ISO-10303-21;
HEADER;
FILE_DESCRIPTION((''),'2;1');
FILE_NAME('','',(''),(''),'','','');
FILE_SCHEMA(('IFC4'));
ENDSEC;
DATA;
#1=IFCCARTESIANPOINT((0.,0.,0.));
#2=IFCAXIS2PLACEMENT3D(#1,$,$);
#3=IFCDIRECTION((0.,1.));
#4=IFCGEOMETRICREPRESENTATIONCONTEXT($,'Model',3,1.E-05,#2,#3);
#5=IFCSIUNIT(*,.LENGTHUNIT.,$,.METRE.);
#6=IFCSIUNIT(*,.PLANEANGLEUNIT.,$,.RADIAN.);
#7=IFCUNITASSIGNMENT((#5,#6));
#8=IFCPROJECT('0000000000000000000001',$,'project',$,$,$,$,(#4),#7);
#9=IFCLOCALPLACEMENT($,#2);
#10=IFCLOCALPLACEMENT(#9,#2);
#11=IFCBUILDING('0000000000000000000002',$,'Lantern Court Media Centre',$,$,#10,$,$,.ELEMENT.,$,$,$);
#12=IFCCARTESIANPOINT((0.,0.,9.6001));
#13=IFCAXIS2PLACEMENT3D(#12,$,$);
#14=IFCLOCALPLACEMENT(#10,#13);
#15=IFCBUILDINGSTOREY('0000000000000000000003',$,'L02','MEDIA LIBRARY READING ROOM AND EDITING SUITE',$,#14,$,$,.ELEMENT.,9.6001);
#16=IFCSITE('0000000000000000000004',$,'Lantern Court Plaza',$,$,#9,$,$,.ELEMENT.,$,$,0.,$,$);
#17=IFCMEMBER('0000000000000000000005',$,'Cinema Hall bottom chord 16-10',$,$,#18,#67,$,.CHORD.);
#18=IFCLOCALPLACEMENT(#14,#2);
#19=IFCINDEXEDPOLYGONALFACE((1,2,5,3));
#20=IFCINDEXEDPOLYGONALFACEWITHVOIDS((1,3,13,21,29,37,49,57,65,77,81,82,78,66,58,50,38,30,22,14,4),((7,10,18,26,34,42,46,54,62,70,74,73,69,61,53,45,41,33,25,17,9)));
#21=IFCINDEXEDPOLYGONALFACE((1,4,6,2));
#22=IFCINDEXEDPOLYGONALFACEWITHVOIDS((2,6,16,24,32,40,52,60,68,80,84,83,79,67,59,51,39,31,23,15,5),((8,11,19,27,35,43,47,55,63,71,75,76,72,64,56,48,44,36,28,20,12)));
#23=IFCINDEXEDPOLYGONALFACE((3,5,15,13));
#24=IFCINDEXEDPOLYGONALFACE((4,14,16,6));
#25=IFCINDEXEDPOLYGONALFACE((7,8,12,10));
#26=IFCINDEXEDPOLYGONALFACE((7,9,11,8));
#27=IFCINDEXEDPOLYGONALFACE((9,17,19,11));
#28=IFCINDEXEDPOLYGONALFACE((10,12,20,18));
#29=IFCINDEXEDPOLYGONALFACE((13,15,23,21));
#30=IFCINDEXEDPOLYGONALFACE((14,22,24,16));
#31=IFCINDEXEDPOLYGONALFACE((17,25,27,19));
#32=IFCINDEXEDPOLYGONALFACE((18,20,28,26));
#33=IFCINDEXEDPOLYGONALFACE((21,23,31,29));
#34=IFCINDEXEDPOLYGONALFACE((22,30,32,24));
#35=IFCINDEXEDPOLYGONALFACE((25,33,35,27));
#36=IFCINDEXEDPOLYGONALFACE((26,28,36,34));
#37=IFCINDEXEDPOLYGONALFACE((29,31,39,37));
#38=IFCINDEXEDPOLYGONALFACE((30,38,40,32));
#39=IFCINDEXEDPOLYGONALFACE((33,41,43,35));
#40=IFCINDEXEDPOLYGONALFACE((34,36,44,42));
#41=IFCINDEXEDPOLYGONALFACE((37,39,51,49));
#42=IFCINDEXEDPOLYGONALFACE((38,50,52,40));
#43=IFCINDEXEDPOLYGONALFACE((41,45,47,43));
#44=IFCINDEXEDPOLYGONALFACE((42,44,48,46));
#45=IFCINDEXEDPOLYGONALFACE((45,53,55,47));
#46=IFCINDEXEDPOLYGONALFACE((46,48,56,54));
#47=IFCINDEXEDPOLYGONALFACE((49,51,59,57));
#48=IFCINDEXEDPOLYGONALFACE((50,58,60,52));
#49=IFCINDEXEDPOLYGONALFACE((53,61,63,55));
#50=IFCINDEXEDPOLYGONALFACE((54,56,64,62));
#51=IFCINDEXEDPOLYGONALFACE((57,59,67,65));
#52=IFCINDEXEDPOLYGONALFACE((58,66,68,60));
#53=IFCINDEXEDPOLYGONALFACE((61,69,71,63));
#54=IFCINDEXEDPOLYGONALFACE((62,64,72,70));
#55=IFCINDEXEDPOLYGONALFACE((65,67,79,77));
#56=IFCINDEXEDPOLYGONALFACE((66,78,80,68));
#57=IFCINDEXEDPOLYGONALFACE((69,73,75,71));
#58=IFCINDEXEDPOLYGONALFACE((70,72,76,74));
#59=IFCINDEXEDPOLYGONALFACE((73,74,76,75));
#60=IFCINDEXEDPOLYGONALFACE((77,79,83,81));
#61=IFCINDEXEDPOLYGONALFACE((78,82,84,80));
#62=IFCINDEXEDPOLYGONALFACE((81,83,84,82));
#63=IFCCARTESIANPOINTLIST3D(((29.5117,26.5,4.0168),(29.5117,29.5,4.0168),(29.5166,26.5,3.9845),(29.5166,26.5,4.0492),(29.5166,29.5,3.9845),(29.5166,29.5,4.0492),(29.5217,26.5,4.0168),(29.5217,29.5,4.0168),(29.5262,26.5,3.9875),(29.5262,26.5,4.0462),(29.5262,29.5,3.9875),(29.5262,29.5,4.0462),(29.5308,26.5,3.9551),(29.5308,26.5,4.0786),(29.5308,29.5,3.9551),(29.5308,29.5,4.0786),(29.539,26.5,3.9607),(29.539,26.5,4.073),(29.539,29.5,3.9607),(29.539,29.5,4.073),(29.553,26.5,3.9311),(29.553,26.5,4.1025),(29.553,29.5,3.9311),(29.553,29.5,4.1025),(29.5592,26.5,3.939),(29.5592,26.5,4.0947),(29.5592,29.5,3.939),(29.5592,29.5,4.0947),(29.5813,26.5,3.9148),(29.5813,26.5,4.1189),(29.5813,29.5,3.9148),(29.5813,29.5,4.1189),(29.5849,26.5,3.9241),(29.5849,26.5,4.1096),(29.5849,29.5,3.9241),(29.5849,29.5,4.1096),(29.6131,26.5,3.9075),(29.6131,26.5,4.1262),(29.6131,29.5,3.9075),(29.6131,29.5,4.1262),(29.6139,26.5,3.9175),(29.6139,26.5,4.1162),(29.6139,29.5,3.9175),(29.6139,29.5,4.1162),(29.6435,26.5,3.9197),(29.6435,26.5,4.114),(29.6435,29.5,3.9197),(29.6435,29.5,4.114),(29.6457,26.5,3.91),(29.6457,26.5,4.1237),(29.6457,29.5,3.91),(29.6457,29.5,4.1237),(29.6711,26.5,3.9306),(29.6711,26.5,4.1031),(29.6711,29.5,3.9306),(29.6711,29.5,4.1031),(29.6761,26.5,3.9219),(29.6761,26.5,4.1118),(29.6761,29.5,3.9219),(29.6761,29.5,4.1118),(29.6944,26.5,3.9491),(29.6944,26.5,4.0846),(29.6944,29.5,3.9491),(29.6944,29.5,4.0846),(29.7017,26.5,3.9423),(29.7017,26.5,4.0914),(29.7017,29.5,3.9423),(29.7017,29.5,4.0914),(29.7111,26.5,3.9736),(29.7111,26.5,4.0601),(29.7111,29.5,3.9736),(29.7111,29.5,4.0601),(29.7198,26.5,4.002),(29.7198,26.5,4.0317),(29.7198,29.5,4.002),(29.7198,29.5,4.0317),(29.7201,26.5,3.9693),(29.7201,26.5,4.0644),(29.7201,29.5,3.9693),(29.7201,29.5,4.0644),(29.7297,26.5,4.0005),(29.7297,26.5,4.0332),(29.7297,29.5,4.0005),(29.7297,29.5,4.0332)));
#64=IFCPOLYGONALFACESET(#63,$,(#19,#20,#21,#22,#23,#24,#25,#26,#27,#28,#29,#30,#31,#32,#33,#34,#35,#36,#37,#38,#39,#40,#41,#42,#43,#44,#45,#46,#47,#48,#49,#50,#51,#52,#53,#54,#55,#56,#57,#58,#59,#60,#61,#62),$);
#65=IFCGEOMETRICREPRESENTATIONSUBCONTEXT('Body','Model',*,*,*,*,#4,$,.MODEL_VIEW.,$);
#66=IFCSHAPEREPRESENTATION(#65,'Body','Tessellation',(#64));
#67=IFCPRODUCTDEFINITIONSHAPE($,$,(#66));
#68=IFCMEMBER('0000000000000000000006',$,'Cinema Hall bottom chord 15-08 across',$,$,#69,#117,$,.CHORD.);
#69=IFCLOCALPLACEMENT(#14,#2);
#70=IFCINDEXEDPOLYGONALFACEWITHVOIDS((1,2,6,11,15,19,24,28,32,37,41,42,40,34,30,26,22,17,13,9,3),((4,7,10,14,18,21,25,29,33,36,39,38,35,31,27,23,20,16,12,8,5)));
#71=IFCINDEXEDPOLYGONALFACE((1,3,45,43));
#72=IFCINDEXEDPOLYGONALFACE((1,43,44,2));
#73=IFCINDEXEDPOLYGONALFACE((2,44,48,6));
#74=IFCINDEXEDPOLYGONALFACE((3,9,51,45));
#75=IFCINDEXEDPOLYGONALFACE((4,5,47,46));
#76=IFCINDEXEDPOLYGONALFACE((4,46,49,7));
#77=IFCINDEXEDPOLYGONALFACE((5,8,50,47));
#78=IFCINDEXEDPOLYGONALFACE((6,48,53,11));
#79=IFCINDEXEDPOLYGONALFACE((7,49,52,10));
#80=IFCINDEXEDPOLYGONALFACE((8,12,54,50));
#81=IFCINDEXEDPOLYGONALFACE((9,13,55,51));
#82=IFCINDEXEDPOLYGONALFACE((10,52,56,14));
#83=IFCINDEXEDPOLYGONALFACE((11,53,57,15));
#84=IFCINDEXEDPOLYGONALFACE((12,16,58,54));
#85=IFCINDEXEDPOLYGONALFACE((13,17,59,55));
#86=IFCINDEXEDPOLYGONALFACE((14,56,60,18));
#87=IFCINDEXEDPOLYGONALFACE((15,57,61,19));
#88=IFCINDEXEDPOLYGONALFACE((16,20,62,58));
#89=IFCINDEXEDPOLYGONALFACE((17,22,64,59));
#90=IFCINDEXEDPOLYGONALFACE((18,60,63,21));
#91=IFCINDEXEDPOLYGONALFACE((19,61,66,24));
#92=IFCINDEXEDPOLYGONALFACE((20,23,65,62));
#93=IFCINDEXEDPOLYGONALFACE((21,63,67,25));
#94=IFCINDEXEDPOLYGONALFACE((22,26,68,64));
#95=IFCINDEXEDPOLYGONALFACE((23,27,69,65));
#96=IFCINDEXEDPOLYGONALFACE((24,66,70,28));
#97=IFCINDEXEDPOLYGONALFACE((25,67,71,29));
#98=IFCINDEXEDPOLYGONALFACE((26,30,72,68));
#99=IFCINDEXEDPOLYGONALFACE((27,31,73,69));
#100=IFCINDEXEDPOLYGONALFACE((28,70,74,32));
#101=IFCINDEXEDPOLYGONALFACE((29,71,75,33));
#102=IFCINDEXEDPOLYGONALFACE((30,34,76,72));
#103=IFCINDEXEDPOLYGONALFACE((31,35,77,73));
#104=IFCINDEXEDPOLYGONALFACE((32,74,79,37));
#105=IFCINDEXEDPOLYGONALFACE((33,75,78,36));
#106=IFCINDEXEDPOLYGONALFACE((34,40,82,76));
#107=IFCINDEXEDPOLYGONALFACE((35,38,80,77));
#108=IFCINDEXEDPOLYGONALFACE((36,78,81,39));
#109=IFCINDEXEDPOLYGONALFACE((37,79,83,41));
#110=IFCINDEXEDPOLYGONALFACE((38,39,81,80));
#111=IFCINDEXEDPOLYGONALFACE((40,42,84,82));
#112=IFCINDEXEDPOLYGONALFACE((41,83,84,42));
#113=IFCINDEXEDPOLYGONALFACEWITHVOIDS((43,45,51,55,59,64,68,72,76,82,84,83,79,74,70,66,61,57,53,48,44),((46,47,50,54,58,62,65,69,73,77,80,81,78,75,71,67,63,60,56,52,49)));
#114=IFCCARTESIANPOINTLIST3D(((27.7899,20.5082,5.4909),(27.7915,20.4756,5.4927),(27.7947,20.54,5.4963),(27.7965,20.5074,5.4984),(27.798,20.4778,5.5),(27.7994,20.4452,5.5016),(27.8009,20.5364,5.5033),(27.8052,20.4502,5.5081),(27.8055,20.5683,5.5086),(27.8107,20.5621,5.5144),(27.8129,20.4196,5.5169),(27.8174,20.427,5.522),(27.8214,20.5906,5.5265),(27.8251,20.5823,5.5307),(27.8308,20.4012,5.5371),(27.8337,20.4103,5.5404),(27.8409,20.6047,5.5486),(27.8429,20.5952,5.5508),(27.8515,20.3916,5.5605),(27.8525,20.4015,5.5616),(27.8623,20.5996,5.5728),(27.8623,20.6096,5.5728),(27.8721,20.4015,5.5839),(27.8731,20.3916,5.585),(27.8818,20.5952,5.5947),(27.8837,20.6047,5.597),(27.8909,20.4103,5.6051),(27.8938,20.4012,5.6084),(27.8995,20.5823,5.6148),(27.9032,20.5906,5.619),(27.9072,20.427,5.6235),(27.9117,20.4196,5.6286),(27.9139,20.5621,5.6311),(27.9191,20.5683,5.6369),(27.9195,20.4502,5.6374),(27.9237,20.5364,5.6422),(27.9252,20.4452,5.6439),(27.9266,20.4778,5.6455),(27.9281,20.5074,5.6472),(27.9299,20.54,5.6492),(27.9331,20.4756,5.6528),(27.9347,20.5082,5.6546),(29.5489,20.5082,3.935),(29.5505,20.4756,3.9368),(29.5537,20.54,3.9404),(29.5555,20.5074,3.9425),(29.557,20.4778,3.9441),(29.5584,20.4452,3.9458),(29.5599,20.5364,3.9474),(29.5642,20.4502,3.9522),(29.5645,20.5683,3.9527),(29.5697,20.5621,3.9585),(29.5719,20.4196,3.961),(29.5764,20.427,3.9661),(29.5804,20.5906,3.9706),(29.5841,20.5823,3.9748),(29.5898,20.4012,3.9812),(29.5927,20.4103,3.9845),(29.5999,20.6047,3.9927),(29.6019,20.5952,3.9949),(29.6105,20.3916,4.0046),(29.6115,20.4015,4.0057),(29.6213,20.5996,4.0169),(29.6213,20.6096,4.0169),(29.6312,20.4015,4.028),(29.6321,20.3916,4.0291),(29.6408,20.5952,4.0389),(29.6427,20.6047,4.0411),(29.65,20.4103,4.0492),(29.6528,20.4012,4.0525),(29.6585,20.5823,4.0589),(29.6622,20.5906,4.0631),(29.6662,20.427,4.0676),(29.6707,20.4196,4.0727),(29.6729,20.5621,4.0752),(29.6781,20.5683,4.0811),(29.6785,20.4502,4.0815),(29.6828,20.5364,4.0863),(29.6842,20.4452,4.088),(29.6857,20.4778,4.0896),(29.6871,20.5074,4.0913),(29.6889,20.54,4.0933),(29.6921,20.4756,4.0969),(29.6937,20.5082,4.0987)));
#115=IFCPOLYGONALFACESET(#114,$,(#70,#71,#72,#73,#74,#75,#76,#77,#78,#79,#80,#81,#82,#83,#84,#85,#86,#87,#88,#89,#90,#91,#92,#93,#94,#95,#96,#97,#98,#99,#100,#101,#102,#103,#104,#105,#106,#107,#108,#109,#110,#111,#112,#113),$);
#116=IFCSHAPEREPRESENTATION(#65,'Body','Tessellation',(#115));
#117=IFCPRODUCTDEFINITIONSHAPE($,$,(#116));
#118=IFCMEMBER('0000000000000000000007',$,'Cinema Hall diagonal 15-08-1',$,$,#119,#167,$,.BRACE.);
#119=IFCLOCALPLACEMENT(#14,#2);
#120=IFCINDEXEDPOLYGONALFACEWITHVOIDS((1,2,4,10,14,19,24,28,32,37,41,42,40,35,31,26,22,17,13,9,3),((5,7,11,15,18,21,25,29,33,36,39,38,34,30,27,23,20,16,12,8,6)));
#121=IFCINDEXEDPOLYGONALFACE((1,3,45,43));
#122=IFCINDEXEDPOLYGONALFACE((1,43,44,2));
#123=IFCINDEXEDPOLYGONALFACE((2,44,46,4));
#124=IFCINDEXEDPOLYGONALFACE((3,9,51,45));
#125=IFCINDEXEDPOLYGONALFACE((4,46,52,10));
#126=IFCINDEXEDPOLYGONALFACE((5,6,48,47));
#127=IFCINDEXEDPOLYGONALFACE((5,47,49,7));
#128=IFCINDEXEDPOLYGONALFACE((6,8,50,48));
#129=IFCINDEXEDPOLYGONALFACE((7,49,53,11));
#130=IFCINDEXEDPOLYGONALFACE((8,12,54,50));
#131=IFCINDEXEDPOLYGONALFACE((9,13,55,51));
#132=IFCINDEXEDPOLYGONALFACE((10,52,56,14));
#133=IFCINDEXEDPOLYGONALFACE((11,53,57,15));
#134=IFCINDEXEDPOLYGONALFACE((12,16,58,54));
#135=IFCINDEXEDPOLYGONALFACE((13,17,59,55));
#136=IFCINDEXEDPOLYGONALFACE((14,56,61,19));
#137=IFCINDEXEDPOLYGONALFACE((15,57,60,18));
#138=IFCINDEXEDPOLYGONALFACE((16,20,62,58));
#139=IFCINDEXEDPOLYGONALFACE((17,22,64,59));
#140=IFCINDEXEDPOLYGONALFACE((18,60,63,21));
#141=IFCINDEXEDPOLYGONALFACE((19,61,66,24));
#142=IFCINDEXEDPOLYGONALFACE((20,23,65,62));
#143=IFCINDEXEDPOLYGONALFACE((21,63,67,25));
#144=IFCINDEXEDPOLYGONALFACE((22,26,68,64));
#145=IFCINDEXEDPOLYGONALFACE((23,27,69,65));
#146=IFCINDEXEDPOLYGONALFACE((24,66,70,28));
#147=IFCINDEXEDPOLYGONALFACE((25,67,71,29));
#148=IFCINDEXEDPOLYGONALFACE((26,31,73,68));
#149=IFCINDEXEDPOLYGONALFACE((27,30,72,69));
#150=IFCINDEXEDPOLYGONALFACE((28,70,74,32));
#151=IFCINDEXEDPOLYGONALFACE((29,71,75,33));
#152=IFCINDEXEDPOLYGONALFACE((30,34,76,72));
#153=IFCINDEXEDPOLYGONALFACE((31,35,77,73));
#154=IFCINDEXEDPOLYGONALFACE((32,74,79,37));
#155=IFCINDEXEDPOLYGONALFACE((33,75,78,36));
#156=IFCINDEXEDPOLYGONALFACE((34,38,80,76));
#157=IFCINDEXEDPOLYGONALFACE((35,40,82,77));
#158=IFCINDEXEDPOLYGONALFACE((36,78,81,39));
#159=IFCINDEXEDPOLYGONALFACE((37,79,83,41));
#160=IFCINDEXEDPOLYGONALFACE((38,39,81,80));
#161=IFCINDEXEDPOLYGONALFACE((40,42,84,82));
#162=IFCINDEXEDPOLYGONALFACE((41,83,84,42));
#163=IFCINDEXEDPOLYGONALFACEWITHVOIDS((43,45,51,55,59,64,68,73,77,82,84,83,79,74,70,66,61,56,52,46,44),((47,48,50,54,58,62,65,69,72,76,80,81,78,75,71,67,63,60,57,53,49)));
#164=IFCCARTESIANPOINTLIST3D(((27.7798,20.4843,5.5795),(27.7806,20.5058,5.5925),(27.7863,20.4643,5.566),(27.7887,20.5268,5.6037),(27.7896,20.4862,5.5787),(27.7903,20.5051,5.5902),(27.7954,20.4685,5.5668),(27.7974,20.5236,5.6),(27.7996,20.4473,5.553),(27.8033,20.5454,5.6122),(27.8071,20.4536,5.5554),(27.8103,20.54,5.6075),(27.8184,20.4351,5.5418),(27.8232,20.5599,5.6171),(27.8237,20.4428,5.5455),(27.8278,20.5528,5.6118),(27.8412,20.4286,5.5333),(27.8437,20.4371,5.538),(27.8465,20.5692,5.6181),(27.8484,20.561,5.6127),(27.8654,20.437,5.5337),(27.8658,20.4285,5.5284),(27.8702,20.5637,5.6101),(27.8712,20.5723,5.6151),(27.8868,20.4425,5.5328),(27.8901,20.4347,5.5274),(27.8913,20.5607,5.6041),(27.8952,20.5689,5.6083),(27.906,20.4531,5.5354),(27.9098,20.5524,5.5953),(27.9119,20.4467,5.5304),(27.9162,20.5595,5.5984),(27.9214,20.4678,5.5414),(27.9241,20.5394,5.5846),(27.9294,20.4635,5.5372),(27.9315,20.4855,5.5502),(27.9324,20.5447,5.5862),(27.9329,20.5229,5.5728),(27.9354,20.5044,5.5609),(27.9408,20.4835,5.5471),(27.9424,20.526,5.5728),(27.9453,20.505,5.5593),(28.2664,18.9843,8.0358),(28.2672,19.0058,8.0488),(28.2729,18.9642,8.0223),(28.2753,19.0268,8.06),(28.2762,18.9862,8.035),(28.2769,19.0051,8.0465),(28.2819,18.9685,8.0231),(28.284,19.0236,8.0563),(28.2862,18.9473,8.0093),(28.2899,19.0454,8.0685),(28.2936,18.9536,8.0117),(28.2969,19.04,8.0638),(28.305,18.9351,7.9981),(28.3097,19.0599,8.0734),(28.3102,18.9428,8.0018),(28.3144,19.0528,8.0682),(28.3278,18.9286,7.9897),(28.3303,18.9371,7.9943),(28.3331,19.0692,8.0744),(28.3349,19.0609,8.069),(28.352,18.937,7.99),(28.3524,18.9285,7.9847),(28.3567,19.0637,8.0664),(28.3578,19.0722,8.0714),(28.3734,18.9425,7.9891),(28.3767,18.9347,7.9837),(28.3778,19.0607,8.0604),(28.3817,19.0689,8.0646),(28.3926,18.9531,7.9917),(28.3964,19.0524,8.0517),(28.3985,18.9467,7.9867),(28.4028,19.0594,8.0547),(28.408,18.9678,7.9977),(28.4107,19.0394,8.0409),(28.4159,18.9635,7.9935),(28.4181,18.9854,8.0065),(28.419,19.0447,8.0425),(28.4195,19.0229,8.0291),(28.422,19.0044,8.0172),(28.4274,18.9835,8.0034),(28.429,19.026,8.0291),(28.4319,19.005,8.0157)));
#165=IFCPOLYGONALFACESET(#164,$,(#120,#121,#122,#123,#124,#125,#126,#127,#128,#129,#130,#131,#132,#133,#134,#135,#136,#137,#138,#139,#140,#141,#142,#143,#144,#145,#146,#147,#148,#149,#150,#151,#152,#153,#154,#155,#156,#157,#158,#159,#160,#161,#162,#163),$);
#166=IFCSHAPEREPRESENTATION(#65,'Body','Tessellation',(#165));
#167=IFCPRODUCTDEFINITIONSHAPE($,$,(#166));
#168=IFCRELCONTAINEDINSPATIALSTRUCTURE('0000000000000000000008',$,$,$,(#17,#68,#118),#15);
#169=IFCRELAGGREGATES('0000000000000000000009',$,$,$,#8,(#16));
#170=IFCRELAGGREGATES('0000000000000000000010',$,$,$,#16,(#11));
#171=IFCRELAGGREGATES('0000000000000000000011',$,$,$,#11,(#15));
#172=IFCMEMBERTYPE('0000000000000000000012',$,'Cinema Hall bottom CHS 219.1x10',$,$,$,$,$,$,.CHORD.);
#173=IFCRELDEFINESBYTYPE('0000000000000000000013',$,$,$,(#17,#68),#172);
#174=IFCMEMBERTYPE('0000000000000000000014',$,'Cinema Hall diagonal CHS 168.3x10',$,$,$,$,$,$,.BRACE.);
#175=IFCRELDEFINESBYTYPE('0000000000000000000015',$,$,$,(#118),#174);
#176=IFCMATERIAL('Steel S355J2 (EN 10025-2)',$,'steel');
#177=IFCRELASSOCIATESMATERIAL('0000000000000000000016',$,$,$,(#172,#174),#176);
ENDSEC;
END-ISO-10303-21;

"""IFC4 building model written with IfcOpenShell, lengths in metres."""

from ifc_helpers import new_model, si_unit, direction, frame, origin, origin_2d, place, context, subcontext, project, spatial, hollow_circle, extrude, material, material_profile, profile_set, type_object, element, save


model = new_model("IFC4")

# Units and contexts
model_context = context("Model", 3, precision=1e-05, world=origin(), true_north=direction((0.0, 1.0)))
body_context = subcontext(model_context, "Body", "Model", "MODEL_VIEW")
ifc_project = project(units=[si_unit("LENGTHUNIT", "METRE"), si_unit("PLANEANGLEUNIT", "RADIAN")], contexts=[model_context])

# Site, building, storey
site_placement = place(None, origin())
site = spatial("IfcSite", under=ifc_project, at=site_placement, Name="Lantern Court Plaza", CompositionType="ELEMENT", RefElevation=0.0)
building_placement = place(site_placement, origin())
building = spatial("IfcBuilding", under=site, at=building_placement, Name="Lantern Court Media Centre", CompositionType="ELEMENT")
storey_placement = place(building_placement, frame((0.0, 0.0, 9.6001)))
storey = spatial("IfcBuildingStorey", under=building, at=storey_placement, Name="L02", Description="MEDIA LIBRARY READING ROOM AND EDITING SUITE", CompositionType="ELEMENT", Elevation=9.6001)

# Members
ifc_material_1 = material(Name="Steel S355J2 (EN 10025-2)", Category="steel")
ifc_material_profile_1 = material_profile(ifc_material_1, hollow_circle(Radius=0.1096, WallThickness=0.01, at=origin_2d()), Name="Cinema Hall bottom CHS 219.1x10")
ifc_profile_set_1 = profile_set([ifc_material_profile_1], Name="Steel S355J2 (EN 10025-2)")
member_type_1 = type_object("IfcMemberType", Name="Cinema Hall bottom CHS 219.1x10", PredefinedType="CHORD", material=ifc_profile_set_1)
for number, where, z_axis, x_axis, name in (
    (1, (29.6213, 26.5, 4.0168), (0.0, 1.0, 0.0), (-1.0, 0.0, 0.0), "Cinema Hall bottom chord 16-10"),
):
    element("IfcMember", number, at=place(storey_placement, frame(where, z_axis=z_axis, x_axis=x_axis)), inside=storey, type_object=member_type_1, Name=name, PredefinedType="CHORD", context=body_context, shape_type="SweptSolid", body=[
        extrude(hollow_circle(Radius=0.1096, WallThickness=0.01, at=origin_2d()), origin(), (0.0, 0.0, 1.0), 3.0),
    ])
member_1_placement = place(storey_placement, frame((27.8623, 20.5, 5.5728), z_axis=(0.74903, 0.0, -0.662536), x_axis=(0.0, 1.0, 0.0)))
element("IfcMember", 2, at=member_1_placement, inside=storey, type_object=member_type_1, Name="Cinema Hall bottom chord 15-08 across", PredefinedType="CHORD", context=body_context, shape_type="SweptSolid", body=[
    extrude(hollow_circle(Radius=0.1096, WallThickness=0.01, at=origin_2d()), origin(), (0.0, 0.0, 1.0), 2.3484),
])
ifc_material_profile_2 = material_profile(ifc_material_1, hollow_circle(Radius=0.0842, WallThickness=0.01, at=origin_2d()), Name="Cinema Hall diagonal CHS 168.3x10")
ifc_profile_set_2 = profile_set([ifc_material_profile_2], Name="Steel S355J2 (EN 10025-2)")
member_type_2 = type_object("IfcMemberType", Name="Cinema Hall diagonal CHS 168.3x10", PredefinedType="BRACE", material=ifc_profile_set_2)
member_2_placement = place(storey_placement, frame((27.8623, 20.5, 5.5728), z_axis=(0.166695, -0.513887, 0.841506), x_axis=(0.951207, 0.308554, 0.0)))
element("IfcMember", 3, at=member_2_placement, inside=storey, type_object=member_type_2, Name="Cinema Hall diagonal 15-08-1", PredefinedType="BRACE", context=body_context, shape_type="SweptSolid", body=[
    extrude(hollow_circle(Radius=0.0842, WallThickness=0.01, at=origin_2d()), origin(), (0.0, 0.0, 1.0), 2.9189),
])

save(model, "model.ifc")
